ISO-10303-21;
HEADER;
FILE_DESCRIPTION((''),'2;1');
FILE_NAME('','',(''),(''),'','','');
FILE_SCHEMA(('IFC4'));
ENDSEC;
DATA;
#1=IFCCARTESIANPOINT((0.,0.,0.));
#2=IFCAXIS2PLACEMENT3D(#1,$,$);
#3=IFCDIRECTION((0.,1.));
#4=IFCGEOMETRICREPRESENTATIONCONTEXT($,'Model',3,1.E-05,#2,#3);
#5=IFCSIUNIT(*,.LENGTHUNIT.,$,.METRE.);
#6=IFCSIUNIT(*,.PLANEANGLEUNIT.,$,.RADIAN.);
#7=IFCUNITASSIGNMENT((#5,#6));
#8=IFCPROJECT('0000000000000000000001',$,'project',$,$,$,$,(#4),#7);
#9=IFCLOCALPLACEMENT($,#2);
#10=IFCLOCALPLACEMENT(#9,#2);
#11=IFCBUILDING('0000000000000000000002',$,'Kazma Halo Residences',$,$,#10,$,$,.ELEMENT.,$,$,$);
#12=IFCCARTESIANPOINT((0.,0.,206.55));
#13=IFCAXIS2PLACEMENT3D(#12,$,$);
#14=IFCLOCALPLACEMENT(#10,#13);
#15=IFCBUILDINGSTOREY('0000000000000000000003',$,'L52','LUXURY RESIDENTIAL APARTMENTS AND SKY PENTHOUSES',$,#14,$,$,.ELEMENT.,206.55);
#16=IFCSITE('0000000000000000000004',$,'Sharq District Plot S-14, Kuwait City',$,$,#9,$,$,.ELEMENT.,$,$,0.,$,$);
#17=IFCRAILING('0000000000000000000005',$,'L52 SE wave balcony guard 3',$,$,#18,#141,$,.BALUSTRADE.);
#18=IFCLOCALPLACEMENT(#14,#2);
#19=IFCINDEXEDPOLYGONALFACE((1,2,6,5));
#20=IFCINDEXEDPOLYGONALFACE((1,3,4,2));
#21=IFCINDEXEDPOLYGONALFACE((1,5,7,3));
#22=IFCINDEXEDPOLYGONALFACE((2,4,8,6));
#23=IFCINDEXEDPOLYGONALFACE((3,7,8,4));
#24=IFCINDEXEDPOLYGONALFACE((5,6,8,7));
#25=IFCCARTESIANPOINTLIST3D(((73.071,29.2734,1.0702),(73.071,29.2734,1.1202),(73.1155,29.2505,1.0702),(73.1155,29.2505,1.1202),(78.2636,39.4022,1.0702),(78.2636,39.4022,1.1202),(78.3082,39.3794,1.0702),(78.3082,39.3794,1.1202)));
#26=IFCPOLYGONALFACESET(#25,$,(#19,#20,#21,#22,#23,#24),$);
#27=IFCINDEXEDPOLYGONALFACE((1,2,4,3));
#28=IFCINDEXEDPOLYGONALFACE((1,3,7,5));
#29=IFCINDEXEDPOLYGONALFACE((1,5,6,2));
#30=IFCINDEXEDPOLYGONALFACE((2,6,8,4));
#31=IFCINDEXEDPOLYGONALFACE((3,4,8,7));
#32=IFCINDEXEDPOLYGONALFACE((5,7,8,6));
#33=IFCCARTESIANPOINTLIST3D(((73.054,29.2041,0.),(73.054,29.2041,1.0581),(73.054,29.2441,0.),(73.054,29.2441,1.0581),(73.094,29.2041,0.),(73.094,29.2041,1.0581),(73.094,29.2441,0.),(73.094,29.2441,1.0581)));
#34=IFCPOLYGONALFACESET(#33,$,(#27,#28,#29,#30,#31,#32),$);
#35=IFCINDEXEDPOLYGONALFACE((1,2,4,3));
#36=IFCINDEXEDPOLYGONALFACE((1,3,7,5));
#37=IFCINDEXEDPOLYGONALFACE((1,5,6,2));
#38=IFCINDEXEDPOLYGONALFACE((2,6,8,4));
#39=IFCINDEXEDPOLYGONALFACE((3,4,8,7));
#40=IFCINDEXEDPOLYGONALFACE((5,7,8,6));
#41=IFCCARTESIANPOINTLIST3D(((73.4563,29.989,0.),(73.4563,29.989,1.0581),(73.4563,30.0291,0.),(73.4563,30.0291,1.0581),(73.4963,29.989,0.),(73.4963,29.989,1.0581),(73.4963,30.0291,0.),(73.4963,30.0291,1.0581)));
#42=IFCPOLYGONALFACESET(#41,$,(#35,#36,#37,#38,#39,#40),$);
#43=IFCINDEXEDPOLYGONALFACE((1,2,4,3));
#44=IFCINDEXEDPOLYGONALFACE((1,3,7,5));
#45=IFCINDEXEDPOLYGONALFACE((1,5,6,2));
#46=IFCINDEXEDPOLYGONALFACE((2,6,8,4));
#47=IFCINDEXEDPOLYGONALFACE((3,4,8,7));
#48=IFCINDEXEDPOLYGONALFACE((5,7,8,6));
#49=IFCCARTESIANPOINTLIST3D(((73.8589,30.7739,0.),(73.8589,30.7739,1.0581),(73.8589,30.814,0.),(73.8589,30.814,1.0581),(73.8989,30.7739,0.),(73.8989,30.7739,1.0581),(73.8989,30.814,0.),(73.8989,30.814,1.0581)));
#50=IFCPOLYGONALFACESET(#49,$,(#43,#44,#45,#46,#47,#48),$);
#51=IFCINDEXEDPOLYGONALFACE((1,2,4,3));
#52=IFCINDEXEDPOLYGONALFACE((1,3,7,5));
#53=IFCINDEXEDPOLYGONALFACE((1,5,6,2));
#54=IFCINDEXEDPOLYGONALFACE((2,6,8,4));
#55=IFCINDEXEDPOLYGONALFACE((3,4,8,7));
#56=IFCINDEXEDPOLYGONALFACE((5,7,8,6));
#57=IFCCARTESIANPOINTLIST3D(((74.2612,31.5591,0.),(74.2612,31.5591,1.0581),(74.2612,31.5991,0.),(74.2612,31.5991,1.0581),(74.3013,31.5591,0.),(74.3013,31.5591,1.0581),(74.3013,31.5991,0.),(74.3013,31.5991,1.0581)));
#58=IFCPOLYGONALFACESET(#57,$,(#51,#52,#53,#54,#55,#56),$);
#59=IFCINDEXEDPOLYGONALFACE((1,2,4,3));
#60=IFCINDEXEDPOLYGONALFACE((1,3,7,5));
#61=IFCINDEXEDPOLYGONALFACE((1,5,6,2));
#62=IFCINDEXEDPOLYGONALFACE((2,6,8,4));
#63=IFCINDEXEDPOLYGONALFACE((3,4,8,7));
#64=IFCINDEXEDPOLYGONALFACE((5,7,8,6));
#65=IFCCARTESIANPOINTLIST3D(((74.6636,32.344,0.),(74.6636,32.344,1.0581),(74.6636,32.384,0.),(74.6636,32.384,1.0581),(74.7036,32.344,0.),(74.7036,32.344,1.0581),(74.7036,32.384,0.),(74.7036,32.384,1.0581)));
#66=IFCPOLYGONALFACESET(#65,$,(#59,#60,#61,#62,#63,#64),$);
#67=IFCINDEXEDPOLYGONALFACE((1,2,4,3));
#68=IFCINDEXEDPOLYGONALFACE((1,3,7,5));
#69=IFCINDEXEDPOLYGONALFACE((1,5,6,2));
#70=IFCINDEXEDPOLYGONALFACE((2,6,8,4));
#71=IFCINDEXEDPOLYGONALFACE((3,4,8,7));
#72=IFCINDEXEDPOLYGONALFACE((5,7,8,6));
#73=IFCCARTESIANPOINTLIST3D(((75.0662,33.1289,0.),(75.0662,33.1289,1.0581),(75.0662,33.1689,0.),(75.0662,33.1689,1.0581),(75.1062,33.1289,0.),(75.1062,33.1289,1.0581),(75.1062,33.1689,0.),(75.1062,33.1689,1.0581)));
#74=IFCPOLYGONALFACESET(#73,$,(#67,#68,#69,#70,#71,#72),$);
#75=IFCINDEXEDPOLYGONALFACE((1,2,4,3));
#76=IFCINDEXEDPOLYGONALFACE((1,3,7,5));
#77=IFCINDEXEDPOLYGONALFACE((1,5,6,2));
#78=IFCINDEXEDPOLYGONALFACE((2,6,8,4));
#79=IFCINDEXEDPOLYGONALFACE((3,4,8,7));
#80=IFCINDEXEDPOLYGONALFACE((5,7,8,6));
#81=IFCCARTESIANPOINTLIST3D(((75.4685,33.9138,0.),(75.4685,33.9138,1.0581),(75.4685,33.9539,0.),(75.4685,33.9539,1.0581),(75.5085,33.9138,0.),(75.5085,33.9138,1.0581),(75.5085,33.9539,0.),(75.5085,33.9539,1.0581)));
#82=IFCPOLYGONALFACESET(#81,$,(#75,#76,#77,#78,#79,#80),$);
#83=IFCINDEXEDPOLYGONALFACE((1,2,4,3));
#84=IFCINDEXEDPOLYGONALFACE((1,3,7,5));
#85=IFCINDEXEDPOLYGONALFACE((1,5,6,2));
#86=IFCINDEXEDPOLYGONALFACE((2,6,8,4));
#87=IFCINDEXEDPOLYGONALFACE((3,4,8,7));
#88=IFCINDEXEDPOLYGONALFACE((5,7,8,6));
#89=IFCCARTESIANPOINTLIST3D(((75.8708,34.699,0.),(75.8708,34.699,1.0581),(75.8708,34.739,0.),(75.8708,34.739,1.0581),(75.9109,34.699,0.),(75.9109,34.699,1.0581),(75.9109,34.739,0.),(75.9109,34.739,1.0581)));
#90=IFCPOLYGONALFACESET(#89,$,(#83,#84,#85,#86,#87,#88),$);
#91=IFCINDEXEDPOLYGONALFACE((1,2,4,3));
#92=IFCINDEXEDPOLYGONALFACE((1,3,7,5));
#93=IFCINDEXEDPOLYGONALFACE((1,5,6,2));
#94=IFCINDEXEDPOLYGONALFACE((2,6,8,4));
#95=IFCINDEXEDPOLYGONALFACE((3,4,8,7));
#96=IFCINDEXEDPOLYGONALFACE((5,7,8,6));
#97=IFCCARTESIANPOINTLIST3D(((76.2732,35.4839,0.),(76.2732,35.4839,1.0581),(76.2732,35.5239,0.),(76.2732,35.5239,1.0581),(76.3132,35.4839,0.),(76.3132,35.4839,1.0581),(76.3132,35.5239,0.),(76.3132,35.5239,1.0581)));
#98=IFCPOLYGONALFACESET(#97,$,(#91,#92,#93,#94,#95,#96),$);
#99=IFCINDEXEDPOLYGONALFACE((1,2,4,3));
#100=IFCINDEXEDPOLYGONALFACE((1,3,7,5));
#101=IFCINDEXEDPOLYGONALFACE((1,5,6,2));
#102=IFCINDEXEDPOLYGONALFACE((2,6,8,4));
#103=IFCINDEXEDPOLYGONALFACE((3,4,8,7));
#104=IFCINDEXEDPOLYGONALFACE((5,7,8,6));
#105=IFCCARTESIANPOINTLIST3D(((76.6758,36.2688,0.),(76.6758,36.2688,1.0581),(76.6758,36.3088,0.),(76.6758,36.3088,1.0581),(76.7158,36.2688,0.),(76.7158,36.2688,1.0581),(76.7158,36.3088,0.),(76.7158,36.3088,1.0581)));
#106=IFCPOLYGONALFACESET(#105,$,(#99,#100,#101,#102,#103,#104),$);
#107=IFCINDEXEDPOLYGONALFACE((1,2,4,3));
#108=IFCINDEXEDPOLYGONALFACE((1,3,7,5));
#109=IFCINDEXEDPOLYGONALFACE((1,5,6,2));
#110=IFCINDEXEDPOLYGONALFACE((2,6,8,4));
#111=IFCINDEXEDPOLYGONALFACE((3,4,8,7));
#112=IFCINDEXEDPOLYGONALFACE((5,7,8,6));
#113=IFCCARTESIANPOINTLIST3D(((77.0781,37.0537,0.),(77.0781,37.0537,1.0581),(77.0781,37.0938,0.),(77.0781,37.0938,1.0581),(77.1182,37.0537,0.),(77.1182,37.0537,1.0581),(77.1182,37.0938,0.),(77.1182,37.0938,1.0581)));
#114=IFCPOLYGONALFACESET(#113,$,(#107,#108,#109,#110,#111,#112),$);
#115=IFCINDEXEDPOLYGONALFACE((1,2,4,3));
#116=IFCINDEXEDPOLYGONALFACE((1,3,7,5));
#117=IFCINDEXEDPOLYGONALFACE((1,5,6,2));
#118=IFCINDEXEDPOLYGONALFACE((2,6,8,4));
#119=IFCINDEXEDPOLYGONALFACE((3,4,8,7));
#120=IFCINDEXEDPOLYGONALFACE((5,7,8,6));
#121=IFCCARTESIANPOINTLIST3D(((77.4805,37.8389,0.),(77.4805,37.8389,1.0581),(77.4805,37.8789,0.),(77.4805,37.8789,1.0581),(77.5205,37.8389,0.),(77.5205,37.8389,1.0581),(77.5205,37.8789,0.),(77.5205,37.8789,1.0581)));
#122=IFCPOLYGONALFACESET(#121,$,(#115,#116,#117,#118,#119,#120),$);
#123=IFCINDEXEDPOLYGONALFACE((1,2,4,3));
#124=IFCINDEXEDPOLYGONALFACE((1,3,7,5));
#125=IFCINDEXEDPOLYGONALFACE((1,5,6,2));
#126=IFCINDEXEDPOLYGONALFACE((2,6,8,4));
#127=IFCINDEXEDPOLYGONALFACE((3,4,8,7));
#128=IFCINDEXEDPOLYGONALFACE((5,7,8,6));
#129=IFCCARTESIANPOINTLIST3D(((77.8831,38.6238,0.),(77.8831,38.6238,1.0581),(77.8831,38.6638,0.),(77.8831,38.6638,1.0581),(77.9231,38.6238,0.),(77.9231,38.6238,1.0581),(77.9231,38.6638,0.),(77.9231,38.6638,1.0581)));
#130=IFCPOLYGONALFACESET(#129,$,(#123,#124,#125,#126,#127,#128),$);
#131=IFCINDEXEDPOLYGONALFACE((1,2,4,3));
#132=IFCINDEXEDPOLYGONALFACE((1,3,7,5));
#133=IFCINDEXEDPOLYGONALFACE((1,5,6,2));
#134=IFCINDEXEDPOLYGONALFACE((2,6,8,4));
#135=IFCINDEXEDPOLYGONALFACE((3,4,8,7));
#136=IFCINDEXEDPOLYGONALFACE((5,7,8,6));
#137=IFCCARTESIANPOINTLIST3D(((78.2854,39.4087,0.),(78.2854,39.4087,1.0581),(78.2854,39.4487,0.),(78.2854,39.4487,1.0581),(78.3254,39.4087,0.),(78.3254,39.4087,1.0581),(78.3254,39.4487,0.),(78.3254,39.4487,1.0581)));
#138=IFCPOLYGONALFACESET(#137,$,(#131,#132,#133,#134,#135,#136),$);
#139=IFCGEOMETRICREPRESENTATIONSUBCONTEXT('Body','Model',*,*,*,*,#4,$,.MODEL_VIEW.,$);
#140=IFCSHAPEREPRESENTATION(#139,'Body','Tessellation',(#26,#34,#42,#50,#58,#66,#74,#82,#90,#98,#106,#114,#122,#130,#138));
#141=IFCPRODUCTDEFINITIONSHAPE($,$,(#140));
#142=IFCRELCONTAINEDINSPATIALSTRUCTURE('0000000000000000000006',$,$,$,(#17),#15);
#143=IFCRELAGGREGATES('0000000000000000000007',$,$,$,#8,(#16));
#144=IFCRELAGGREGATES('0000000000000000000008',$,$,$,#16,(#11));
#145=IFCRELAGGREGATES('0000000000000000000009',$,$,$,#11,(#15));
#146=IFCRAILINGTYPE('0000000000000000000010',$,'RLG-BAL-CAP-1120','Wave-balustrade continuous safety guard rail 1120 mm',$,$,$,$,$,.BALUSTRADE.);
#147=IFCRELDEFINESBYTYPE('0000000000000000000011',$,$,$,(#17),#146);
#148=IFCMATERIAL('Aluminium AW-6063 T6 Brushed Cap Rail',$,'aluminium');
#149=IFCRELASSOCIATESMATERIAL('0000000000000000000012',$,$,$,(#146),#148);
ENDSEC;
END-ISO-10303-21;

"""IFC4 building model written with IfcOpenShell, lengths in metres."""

from ifc_helpers import new_model, si_unit, direction, frame, origin, origin_2d, place, context, subcontext, project, spatial, rectangle, extrude, material, type_object, element, save


model = new_model("IFC4")

# Units and contexts
model_context = context("Model", 3, precision=1e-05, world=origin(), true_north=direction((0.0, 1.0)))
body_context = subcontext(model_context, "Body", "Model", "MODEL_VIEW")
ifc_project = project(units=[si_unit("LENGTHUNIT", "METRE"), si_unit("PLANEANGLEUNIT", "RADIAN")], contexts=[model_context])

# Site, building, storey
site_placement = place(None, origin())
site = spatial("IfcSite", under=ifc_project, at=site_placement, Name="Sharq District Plot S-14, Kuwait City", CompositionType="ELEMENT", RefElevation=0.0)
building_placement = place(site_placement, origin())
building = spatial("IfcBuilding", under=site, at=building_placement, Name="Kazma Halo Residences", CompositionType="ELEMENT")
storey_placement = place(building_placement, frame((0.0, 0.0, 206.55)))
storey = spatial("IfcBuildingStorey", under=building, at=storey_placement, Name="L52", Description="LUXURY RESIDENTIAL APARTMENTS AND SKY PENTHOUSES", CompositionType="ELEMENT", Elevation=206.55)

# Railing
ifc_material_1 = material(Name="Aluminium AW-6063 T6 Brushed Cap Rail", Category="aluminium")
railing_type = type_object("IfcRailingType", Name="RLG-BAL-CAP-1120", Description="Wave-balustrade continuous safety guard rail 1120 mm", PredefinedType="BALUSTRADE", material=ifc_material_1)
railing_1_placement = place(storey_placement, frame((73.074, 29.2241, 0.0)))
element("IfcRailing", 1, at=railing_1_placement, inside=storey, type_object=railing_type, Name="L52 SE wave balcony guard 3", PredefinedType="BALUSTRADE", context=body_context, shape_type="SweptSolid", body=[
    extrude(rectangle(XDim=0.05, YDim=0.05, at=origin_2d()), frame((0.0193, 0.0378, 1.0952), z_axis=(0.456201, 0.889877, 0.0), x_axis=(-0.889877, 0.456201, 0.0)), (0.0, 0.0, 1.0), 11.3823),
    extrude(rectangle(XDim=0.04, YDim=0.04, at=origin_2d()), origin(), (0.0, 0.0, 1.0), 1.0581),
    extrude(rectangle(XDim=0.04, YDim=0.04, at=origin_2d()), frame((0.4023, 0.7849, 0.0)), (0.0, 0.0, 1.0), 1.0581),
    extrude(rectangle(XDim=0.04, YDim=0.04, at=origin_2d()), frame((0.8049, 1.5698, 0.0)), (0.0, 0.0, 1.0), 1.0581),
    extrude(rectangle(XDim=0.04, YDim=0.04, at=origin_2d()), frame((1.2073, 2.355, 0.0)), (0.0, 0.0, 1.0), 1.0581),
    extrude(rectangle(XDim=0.04, YDim=0.04, at=origin_2d()), frame((1.6096, 3.1399, 0.0)), (0.0, 0.0, 1.0), 1.0581),
    extrude(rectangle(XDim=0.04, YDim=0.04, at=origin_2d()), frame((2.0122, 3.9248, 0.0)), (0.0, 0.0, 1.0), 1.0581),
    extrude(rectangle(XDim=0.04, YDim=0.04, at=origin_2d()), frame((2.4146, 4.7097, 0.0)), (0.0, 0.0, 1.0), 1.0581),
    extrude(rectangle(XDim=0.04, YDim=0.04, at=origin_2d()), frame((2.8169, 5.4949, 0.0)), (0.0, 0.0, 1.0), 1.0581),
    extrude(rectangle(XDim=0.04, YDim=0.04, at=origin_2d()), frame((3.2192, 6.2798, 0.0)), (0.0, 0.0, 1.0), 1.0581),
    extrude(rectangle(XDim=0.04, YDim=0.04, at=origin_2d()), frame((3.6218, 7.0647, 0.0)), (0.0, 0.0, 1.0), 1.0581),
    extrude(rectangle(XDim=0.04, YDim=0.04, at=origin_2d()), frame((4.0242, 7.8496, 0.0)), (0.0, 0.0, 1.0), 1.0581),
    extrude(rectangle(XDim=0.04, YDim=0.04, at=origin_2d()), frame((4.4265, 8.6348, 0.0)), (0.0, 0.0, 1.0), 1.0581),
    extrude(rectangle(XDim=0.04, YDim=0.04, at=origin_2d()), frame((4.8291, 9.4197, 0.0)), (0.0, 0.0, 1.0), 1.0581),
    extrude(rectangle(XDim=0.04, YDim=0.04, at=origin_2d()), frame((5.2314, 10.2046, 0.0)), (0.0, 0.0, 1.0), 1.0581),
])

save(model, "model.ifc")
